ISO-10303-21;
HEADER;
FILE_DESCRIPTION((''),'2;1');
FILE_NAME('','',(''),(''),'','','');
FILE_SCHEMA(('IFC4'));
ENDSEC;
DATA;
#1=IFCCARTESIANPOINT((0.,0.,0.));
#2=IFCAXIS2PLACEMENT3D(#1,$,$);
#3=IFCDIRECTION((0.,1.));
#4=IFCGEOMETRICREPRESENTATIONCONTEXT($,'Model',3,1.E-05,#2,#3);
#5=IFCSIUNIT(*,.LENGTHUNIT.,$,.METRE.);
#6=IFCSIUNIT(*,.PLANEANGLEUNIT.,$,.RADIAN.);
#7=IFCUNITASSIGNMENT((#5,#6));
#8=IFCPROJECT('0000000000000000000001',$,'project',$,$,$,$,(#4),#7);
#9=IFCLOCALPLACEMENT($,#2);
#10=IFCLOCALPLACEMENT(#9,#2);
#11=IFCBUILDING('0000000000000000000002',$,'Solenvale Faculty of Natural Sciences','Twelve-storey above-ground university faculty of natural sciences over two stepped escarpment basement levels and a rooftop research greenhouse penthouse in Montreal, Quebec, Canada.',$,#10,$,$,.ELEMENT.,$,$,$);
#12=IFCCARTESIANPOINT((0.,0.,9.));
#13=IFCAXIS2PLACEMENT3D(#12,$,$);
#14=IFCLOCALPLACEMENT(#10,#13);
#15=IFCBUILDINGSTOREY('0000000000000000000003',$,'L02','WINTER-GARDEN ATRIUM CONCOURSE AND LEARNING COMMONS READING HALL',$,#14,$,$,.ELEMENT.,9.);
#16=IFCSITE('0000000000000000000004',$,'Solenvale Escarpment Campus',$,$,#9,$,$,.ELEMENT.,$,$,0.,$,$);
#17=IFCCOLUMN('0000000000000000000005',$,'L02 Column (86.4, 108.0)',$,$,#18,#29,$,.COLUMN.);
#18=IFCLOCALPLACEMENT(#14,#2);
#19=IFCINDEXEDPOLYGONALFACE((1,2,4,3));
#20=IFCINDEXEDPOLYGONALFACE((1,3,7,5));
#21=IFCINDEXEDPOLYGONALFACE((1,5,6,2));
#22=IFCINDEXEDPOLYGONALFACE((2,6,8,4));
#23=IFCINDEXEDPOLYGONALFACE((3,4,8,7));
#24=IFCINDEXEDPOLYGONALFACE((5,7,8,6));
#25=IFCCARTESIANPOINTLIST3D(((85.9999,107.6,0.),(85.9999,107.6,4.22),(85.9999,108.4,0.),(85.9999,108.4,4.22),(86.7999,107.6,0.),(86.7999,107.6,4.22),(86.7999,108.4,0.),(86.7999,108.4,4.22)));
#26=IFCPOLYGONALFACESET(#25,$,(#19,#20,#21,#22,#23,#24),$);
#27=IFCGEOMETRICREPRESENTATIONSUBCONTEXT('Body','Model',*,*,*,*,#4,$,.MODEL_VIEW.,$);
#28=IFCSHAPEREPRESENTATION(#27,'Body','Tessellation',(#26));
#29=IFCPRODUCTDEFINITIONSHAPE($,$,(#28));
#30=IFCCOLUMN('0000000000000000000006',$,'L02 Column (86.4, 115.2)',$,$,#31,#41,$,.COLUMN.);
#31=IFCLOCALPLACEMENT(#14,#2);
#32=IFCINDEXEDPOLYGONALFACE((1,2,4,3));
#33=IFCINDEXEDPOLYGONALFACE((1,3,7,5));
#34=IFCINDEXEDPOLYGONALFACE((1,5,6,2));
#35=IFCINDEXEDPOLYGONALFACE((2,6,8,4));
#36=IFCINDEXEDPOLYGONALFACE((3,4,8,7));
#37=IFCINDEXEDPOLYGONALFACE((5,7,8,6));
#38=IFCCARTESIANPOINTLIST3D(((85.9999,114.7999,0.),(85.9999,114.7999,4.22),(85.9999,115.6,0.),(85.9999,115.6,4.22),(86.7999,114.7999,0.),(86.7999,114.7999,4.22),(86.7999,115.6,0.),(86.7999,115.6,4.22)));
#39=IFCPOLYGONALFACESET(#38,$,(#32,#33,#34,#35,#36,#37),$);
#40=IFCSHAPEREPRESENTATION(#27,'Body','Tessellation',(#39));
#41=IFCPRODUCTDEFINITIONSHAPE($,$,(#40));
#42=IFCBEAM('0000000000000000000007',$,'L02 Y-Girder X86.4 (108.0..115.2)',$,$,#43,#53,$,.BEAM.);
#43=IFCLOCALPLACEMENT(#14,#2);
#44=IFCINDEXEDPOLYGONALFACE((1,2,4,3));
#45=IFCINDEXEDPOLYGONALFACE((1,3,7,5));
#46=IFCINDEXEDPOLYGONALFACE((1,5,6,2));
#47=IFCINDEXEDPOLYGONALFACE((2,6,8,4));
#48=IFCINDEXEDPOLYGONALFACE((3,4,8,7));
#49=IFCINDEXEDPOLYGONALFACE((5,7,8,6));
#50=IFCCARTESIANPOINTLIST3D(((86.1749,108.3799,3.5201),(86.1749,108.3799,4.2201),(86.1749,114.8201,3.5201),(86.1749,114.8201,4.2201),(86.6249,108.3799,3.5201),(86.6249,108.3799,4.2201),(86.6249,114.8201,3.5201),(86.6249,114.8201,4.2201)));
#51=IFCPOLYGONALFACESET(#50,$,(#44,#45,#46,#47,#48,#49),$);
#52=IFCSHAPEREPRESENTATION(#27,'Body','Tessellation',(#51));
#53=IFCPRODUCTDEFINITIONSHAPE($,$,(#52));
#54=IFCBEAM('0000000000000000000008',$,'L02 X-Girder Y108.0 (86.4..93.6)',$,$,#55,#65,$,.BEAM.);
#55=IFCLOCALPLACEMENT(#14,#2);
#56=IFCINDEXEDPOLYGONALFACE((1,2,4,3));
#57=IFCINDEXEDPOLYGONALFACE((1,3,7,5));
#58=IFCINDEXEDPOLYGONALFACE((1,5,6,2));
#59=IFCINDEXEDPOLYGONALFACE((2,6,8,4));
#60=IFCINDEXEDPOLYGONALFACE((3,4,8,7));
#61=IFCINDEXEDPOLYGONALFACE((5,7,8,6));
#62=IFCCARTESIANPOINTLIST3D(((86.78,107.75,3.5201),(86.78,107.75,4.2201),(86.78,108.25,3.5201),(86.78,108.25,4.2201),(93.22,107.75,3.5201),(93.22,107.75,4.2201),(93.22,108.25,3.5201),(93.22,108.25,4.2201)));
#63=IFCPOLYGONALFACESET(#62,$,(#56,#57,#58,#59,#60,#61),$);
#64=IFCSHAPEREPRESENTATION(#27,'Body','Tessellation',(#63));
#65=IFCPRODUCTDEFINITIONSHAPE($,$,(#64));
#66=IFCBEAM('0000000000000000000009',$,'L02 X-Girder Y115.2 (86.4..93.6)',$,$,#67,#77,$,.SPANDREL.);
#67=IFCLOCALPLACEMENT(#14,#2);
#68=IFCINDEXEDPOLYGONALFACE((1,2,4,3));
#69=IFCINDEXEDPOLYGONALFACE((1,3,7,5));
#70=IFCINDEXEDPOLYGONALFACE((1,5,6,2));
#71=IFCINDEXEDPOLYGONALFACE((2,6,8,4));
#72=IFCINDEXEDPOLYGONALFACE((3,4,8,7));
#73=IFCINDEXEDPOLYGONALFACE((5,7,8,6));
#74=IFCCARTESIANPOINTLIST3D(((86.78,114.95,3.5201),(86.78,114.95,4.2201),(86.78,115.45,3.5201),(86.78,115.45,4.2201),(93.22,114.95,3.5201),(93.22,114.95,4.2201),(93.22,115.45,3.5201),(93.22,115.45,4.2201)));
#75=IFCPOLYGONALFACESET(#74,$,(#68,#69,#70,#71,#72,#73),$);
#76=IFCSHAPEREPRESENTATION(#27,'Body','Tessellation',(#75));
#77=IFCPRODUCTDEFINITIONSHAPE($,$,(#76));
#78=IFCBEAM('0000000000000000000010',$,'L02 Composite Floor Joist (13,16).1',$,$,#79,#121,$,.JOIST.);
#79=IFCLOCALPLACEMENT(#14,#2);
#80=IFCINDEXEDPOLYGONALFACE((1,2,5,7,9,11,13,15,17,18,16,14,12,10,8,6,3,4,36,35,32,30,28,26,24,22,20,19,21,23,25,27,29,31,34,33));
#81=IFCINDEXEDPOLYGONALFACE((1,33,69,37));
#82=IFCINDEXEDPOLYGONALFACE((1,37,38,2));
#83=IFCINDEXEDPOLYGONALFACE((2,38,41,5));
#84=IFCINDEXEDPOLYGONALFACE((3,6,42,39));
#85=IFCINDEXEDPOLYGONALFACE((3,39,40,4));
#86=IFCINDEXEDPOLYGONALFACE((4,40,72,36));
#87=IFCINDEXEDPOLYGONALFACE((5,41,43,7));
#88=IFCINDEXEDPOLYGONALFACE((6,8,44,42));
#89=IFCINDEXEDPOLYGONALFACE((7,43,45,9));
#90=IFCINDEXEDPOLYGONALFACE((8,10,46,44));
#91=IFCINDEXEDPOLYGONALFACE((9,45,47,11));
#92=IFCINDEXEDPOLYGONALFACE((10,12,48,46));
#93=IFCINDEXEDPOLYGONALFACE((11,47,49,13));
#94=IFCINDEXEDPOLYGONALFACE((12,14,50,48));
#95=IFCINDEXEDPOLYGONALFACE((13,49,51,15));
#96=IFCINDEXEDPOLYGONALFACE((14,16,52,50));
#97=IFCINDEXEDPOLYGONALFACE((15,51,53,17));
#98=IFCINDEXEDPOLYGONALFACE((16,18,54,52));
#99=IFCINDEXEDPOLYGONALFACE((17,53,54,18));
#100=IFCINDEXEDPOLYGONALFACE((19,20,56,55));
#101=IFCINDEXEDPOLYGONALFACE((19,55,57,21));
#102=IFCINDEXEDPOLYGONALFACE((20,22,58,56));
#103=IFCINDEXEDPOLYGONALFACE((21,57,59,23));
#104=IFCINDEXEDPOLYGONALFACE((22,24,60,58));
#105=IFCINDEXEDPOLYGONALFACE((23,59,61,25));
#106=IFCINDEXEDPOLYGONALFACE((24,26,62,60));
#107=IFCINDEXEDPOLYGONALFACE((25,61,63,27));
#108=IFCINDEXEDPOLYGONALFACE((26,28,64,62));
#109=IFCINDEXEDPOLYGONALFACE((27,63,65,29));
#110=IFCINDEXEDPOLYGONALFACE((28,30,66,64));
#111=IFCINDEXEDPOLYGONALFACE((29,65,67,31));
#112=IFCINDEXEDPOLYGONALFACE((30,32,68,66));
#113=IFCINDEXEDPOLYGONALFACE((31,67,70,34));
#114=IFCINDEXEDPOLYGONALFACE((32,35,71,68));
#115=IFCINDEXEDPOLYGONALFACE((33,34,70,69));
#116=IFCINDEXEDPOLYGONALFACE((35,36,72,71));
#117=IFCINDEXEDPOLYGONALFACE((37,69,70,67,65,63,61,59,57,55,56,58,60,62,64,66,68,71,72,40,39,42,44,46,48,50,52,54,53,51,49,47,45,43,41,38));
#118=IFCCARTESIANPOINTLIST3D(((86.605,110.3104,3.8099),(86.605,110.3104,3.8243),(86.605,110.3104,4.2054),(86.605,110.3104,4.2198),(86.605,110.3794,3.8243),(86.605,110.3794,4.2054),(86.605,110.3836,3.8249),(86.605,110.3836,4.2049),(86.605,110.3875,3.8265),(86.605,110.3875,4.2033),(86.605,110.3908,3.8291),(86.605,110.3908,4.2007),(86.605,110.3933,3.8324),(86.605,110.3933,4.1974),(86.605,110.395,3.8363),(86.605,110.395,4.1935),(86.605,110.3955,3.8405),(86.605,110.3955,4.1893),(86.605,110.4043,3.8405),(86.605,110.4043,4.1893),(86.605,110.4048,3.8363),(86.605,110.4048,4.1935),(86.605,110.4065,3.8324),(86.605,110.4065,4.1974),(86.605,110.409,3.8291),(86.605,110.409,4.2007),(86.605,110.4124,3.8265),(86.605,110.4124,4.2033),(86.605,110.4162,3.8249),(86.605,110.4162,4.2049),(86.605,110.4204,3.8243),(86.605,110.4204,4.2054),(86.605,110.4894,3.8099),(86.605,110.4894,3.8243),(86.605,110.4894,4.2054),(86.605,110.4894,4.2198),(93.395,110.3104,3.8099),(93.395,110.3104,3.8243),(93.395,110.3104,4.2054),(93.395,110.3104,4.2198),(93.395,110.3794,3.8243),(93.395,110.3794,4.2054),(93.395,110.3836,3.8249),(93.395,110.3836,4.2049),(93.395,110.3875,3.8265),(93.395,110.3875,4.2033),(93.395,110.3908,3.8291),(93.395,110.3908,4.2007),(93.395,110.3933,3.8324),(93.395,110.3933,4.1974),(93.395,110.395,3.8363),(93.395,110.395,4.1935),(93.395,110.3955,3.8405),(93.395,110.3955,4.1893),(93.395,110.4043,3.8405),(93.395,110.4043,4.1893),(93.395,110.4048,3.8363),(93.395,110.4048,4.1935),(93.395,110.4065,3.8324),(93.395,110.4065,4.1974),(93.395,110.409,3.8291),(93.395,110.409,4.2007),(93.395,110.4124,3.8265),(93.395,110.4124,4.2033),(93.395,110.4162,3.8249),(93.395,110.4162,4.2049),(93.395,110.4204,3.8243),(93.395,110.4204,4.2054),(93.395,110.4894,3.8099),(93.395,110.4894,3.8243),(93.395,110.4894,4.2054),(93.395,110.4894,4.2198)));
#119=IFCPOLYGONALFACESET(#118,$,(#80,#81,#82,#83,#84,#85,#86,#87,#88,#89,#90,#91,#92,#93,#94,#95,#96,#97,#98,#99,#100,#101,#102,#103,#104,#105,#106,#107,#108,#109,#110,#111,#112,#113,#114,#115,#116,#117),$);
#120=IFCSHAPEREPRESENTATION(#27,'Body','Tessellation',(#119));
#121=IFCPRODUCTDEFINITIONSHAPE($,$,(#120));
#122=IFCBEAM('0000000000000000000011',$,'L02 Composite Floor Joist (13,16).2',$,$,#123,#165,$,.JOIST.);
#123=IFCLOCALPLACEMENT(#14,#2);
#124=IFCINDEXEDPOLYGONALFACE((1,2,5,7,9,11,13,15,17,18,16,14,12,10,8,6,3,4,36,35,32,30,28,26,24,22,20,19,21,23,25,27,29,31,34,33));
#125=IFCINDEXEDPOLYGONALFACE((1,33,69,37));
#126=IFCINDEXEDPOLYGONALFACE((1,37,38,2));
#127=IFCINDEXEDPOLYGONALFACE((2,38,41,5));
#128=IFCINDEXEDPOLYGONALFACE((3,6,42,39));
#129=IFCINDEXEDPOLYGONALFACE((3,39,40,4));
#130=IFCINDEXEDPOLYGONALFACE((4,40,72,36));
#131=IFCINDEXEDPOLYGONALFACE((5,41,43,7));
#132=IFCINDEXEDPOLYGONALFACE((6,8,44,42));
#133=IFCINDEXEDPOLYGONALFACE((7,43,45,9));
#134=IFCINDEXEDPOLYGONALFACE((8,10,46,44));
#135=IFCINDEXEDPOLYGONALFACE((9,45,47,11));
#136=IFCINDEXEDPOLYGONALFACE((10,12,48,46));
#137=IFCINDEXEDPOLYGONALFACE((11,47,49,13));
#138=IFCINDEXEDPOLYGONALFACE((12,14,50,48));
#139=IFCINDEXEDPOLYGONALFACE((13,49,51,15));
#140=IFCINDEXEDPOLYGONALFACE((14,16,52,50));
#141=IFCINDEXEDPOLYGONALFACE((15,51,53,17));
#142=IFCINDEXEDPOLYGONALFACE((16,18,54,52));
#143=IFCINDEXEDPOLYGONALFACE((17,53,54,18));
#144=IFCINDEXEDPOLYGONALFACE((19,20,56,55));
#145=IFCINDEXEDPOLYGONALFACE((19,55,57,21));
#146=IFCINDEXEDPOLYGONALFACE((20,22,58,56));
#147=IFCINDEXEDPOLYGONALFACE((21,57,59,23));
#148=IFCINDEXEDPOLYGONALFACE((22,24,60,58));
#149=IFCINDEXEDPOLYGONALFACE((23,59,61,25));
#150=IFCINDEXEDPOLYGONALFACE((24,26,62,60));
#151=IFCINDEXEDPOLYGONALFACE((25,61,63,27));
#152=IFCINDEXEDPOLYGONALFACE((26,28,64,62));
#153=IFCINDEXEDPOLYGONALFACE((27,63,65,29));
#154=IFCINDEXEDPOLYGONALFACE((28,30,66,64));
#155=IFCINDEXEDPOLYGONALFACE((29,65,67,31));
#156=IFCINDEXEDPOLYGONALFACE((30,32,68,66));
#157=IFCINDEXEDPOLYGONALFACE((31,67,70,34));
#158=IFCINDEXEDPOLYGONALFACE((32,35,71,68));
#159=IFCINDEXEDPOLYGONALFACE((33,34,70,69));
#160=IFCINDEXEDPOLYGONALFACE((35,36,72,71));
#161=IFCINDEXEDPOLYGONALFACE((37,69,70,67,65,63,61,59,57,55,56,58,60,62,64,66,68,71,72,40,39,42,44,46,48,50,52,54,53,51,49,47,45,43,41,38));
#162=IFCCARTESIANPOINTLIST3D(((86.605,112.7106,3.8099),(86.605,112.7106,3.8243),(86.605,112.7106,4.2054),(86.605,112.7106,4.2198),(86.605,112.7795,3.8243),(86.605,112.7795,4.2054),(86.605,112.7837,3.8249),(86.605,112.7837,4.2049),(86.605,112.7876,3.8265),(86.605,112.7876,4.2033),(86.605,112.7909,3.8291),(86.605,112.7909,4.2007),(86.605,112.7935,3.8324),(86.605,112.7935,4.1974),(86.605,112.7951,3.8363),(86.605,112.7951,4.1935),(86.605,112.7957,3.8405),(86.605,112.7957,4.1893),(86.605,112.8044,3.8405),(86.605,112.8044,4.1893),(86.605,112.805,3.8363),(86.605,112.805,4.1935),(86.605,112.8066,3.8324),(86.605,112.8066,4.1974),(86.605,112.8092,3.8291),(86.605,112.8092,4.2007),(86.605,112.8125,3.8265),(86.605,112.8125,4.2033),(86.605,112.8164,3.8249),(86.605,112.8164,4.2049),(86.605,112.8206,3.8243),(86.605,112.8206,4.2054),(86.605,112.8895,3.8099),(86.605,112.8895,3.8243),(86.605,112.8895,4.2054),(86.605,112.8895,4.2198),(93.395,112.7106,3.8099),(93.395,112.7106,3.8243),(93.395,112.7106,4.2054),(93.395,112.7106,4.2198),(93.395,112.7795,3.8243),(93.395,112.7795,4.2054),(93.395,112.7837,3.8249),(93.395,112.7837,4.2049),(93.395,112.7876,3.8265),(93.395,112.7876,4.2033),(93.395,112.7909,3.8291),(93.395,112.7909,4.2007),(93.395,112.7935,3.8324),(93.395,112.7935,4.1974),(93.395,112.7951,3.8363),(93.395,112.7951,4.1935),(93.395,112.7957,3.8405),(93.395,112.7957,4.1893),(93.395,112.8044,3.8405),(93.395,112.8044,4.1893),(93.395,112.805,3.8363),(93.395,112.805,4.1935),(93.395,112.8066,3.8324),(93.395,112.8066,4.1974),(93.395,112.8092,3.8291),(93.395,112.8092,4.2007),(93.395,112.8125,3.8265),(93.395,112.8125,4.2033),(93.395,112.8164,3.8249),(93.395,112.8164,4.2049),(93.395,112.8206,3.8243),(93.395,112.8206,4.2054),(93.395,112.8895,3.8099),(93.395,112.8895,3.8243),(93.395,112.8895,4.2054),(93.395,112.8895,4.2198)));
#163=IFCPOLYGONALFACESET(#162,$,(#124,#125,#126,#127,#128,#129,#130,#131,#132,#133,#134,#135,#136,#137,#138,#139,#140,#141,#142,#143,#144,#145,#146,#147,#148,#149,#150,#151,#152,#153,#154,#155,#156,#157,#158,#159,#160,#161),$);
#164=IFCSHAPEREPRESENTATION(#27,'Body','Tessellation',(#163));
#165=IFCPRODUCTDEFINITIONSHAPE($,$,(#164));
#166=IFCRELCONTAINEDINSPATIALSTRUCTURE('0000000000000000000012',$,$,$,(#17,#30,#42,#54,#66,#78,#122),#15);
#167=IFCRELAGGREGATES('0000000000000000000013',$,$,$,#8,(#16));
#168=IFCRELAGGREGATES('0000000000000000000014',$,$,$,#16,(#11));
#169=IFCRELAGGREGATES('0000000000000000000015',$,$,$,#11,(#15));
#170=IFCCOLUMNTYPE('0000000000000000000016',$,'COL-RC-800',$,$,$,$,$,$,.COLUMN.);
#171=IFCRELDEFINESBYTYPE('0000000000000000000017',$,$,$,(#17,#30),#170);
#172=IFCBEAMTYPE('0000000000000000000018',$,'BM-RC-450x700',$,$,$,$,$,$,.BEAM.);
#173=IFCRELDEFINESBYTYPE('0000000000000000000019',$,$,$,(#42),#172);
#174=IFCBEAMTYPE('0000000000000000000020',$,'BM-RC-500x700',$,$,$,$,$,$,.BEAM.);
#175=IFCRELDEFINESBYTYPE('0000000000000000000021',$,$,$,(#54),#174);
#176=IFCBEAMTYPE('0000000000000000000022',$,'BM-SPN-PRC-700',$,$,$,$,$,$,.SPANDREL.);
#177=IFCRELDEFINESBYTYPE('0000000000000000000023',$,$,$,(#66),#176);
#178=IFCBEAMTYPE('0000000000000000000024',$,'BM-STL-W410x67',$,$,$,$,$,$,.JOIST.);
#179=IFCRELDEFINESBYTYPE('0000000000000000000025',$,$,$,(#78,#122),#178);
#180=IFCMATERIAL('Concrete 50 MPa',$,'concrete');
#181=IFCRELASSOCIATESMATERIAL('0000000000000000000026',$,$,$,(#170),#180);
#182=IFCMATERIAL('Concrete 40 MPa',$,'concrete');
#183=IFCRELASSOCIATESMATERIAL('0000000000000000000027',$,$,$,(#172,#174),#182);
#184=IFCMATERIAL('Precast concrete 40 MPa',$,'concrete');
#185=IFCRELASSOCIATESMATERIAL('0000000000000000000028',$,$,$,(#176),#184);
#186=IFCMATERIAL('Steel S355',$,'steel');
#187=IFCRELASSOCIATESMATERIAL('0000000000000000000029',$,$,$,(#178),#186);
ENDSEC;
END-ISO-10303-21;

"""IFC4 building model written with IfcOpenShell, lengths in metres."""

from ifc_helpers import new_model, si_unit, direction, frame, origin, origin_2d, place, context, subcontext, project, spatial, rectangle, i_section, extrude, material, material_profile, profile_set, type_object, element, save


model = new_model("IFC4")

# Units and contexts
model_context = context("Model", 3, precision=1e-05, world=origin(), true_north=direction((0.0, 1.0)))
body_context = subcontext(model_context, "Body", "Model", "MODEL_VIEW")
ifc_project = project(units=[si_unit("LENGTHUNIT", "METRE"), si_unit("PLANEANGLEUNIT", "RADIAN")], contexts=[model_context])

# Site, building, storey
site_placement = place(None, origin())
site = spatial("IfcSite", under=ifc_project, at=site_placement, Name="Solenvale Escarpment Campus", CompositionType="ELEMENT", RefElevation=0.0)
building_placement = place(site_placement, origin())
building = spatial("IfcBuilding", under=site, at=building_placement, Name="Solenvale Faculty of Natural Sciences", Description="Twelve-storey above-ground university faculty of natural sciences over two stepped escarpment basement levels and a rooftop research greenhouse penthouse in Montreal, Quebec, Canada.", CompositionType="ELEMENT")
storey_placement = place(building_placement, frame((0.0, 0.0, 9.0)))
storey = spatial("IfcBuildingStorey", under=building, at=storey_placement, Name="L02", Description="WINTER-GARDEN ATRIUM CONCOURSE AND LEARNING COMMONS READING HALL", CompositionType="ELEMENT", Elevation=9.0)

# Columns
ifc_material_1 = material(Name="Concrete 50 MPa", Category="concrete")
ifc_material_profile_1 = material_profile(ifc_material_1, rectangle(XDim=0.8, YDim=0.8, at=origin_2d()), Name="RC-COL-800x800")
ifc_profile_set_1 = profile_set([ifc_material_profile_1], Name="Concrete 50 MPa")
column_type = type_object("IfcColumnType", Name="COL-RC-800", PredefinedType="COLUMN", material=ifc_profile_set_1)
for number, where, z_axis, x_axis, name in (
    (1, (86.3999, 108.0, 0.0), (0.0, 0.0, 1.0), (1.0, 0.0, 0.0), "L02 Column (86.4, 108.0)"),
    (2, (86.3999, 115.2, 0.0), (0.0, 0.0, 1.0), (1.0, 0.0, 0.0), "L02 Column (86.4, 115.2)"),
):
    element("IfcColumn", number, at=place(storey_placement, frame(where, z_axis=z_axis, x_axis=x_axis)), inside=storey, type_object=column_type, Name=name, PredefinedType="COLUMN", context=body_context, shape_type="SweptSolid", body=[
        extrude(rectangle(XDim=0.8, YDim=0.8, at=origin_2d()), origin(), (0.0, 0.0, 1.0), 4.22),
    ])

# Beams
ifc_material_2 = material(Name="Concrete 40 MPa", Category="concrete")
ifc_material_profile_2 = material_profile(ifc_material_2, rectangle(XDim=0.45, YDim=0.7, at=origin_2d()), Name="RC-BM-450x700")
ifc_profile_set_2 = profile_set([ifc_material_profile_2], Name="Concrete 40 MPa")
beam_type_1 = type_object("IfcBeamType", Name="BM-RC-450x700", PredefinedType="BEAM", material=ifc_profile_set_2)
beam_1_placement = place(storey_placement, frame((86.3999, 108.3799, 3.8701), z_axis=(0.0, 1.0, 0.0), x_axis=(-1.0, 0.0, 0.0)))
element("IfcBeam", 3, at=beam_1_placement, inside=storey, type_object=beam_type_1, Name="L02 Y-Girder X86.4 (108.0..115.2)", PredefinedType="BEAM", context=body_context, shape_type="SweptSolid", body=[
    extrude(rectangle(XDim=0.45, YDim=0.7, at=origin_2d()), origin(), (0.0, 0.0, 1.0), 6.4402),
])
ifc_material_profile_3 = material_profile(ifc_material_2, rectangle(XDim=0.5, YDim=0.7, at=origin_2d()), Name="RC-BM-500x700")
ifc_profile_set_3 = profile_set([ifc_material_profile_3], Name="Concrete 40 MPa")
beam_type_2 = type_object("IfcBeamType", Name="BM-RC-500x700", PredefinedType="BEAM", material=ifc_profile_set_3)
beam_2_placement = place(storey_placement, frame((86.78, 108.0, 3.8701), z_axis=(1.0, 0.0, 0.0), x_axis=(0.0, 1.0, 0.0)))
element("IfcBeam", 4, at=beam_2_placement, inside=storey, type_object=beam_type_2, Name="L02 X-Girder Y108.0 (86.4..93.6)", PredefinedType="BEAM", context=body_context, shape_type="SweptSolid", body=[
    extrude(rectangle(XDim=0.5, YDim=0.7, at=origin_2d()), origin(), (0.0, 0.0, 1.0), 6.4399),
])
ifc_material_3 = material(Name="Precast concrete 40 MPa", Category="concrete")
ifc_material_profile_4 = material_profile(ifc_material_3, rectangle(XDim=0.5, YDim=0.7, at=origin_2d()), Name="RC-BM-500x700")
ifc_profile_set_4 = profile_set([ifc_material_profile_4], Name="Precast concrete 40 MPa")
beam_type_3 = type_object("IfcBeamType", Name="BM-SPN-PRC-700", PredefinedType="SPANDREL", material=ifc_profile_set_4)
beam_3_placement = place(storey_placement, frame((86.78, 115.2, 3.8701), z_axis=(1.0, 0.0, 0.0), x_axis=(0.0, 1.0, 0.0)))
element("IfcBeam", 5, at=beam_3_placement, inside=storey, type_object=beam_type_3, Name="L02 X-Girder Y115.2 (86.4..93.6)", PredefinedType="SPANDREL", context=body_context, shape_type="SweptSolid", body=[
    extrude(rectangle(XDim=0.5, YDim=0.7, at=origin_2d()), origin(), (0.0, 0.0, 1.0), 6.4399),
])
ifc_material_4 = material(Name="Steel S355", Category="steel")
ifc_material_profile_5 = material_profile(ifc_material_4, i_section(OverallWidth=0.179, OverallDepth=0.4099, WebThickness=0.0088, FlangeThickness=0.0144, FilletRadius=0.0161, at=origin_2d()), Name="W410x67")
ifc_profile_set_5 = profile_set([ifc_material_profile_5], Name="Steel S355")
beam_type_4 = type_object("IfcBeamType", Name="BM-STL-W410x67", PredefinedType="JOIST", material=ifc_profile_set_5)
for number, where, z_axis, x_axis, name in (
    (6, (86.605, 110.3999, 4.0149), (1.0, 0.0, 0.0), (0.0, 1.0, 0.0), "L02 Composite Floor Joist (13,16).1"),
    (7, (86.605, 112.8, 4.0149), (1.0, 0.0, 0.0), (0.0, 1.0, 0.0), "L02 Composite Floor Joist (13,16).2"),
):
    element("IfcBeam", number, at=place(storey_placement, frame(where, z_axis=z_axis, x_axis=x_axis)), inside=storey, type_object=beam_type_4, Name=name, PredefinedType="JOIST", context=body_context, shape_type="SweptSolid", body=[
        extrude(i_section(OverallWidth=0.179, OverallDepth=0.4099, WebThickness=0.0088, FlangeThickness=0.0144, FilletRadius=0.0161, at=origin_2d()), origin(), (0.0, 0.0, 1.0), 6.79),
    ])

save(model, "model.ifc")
